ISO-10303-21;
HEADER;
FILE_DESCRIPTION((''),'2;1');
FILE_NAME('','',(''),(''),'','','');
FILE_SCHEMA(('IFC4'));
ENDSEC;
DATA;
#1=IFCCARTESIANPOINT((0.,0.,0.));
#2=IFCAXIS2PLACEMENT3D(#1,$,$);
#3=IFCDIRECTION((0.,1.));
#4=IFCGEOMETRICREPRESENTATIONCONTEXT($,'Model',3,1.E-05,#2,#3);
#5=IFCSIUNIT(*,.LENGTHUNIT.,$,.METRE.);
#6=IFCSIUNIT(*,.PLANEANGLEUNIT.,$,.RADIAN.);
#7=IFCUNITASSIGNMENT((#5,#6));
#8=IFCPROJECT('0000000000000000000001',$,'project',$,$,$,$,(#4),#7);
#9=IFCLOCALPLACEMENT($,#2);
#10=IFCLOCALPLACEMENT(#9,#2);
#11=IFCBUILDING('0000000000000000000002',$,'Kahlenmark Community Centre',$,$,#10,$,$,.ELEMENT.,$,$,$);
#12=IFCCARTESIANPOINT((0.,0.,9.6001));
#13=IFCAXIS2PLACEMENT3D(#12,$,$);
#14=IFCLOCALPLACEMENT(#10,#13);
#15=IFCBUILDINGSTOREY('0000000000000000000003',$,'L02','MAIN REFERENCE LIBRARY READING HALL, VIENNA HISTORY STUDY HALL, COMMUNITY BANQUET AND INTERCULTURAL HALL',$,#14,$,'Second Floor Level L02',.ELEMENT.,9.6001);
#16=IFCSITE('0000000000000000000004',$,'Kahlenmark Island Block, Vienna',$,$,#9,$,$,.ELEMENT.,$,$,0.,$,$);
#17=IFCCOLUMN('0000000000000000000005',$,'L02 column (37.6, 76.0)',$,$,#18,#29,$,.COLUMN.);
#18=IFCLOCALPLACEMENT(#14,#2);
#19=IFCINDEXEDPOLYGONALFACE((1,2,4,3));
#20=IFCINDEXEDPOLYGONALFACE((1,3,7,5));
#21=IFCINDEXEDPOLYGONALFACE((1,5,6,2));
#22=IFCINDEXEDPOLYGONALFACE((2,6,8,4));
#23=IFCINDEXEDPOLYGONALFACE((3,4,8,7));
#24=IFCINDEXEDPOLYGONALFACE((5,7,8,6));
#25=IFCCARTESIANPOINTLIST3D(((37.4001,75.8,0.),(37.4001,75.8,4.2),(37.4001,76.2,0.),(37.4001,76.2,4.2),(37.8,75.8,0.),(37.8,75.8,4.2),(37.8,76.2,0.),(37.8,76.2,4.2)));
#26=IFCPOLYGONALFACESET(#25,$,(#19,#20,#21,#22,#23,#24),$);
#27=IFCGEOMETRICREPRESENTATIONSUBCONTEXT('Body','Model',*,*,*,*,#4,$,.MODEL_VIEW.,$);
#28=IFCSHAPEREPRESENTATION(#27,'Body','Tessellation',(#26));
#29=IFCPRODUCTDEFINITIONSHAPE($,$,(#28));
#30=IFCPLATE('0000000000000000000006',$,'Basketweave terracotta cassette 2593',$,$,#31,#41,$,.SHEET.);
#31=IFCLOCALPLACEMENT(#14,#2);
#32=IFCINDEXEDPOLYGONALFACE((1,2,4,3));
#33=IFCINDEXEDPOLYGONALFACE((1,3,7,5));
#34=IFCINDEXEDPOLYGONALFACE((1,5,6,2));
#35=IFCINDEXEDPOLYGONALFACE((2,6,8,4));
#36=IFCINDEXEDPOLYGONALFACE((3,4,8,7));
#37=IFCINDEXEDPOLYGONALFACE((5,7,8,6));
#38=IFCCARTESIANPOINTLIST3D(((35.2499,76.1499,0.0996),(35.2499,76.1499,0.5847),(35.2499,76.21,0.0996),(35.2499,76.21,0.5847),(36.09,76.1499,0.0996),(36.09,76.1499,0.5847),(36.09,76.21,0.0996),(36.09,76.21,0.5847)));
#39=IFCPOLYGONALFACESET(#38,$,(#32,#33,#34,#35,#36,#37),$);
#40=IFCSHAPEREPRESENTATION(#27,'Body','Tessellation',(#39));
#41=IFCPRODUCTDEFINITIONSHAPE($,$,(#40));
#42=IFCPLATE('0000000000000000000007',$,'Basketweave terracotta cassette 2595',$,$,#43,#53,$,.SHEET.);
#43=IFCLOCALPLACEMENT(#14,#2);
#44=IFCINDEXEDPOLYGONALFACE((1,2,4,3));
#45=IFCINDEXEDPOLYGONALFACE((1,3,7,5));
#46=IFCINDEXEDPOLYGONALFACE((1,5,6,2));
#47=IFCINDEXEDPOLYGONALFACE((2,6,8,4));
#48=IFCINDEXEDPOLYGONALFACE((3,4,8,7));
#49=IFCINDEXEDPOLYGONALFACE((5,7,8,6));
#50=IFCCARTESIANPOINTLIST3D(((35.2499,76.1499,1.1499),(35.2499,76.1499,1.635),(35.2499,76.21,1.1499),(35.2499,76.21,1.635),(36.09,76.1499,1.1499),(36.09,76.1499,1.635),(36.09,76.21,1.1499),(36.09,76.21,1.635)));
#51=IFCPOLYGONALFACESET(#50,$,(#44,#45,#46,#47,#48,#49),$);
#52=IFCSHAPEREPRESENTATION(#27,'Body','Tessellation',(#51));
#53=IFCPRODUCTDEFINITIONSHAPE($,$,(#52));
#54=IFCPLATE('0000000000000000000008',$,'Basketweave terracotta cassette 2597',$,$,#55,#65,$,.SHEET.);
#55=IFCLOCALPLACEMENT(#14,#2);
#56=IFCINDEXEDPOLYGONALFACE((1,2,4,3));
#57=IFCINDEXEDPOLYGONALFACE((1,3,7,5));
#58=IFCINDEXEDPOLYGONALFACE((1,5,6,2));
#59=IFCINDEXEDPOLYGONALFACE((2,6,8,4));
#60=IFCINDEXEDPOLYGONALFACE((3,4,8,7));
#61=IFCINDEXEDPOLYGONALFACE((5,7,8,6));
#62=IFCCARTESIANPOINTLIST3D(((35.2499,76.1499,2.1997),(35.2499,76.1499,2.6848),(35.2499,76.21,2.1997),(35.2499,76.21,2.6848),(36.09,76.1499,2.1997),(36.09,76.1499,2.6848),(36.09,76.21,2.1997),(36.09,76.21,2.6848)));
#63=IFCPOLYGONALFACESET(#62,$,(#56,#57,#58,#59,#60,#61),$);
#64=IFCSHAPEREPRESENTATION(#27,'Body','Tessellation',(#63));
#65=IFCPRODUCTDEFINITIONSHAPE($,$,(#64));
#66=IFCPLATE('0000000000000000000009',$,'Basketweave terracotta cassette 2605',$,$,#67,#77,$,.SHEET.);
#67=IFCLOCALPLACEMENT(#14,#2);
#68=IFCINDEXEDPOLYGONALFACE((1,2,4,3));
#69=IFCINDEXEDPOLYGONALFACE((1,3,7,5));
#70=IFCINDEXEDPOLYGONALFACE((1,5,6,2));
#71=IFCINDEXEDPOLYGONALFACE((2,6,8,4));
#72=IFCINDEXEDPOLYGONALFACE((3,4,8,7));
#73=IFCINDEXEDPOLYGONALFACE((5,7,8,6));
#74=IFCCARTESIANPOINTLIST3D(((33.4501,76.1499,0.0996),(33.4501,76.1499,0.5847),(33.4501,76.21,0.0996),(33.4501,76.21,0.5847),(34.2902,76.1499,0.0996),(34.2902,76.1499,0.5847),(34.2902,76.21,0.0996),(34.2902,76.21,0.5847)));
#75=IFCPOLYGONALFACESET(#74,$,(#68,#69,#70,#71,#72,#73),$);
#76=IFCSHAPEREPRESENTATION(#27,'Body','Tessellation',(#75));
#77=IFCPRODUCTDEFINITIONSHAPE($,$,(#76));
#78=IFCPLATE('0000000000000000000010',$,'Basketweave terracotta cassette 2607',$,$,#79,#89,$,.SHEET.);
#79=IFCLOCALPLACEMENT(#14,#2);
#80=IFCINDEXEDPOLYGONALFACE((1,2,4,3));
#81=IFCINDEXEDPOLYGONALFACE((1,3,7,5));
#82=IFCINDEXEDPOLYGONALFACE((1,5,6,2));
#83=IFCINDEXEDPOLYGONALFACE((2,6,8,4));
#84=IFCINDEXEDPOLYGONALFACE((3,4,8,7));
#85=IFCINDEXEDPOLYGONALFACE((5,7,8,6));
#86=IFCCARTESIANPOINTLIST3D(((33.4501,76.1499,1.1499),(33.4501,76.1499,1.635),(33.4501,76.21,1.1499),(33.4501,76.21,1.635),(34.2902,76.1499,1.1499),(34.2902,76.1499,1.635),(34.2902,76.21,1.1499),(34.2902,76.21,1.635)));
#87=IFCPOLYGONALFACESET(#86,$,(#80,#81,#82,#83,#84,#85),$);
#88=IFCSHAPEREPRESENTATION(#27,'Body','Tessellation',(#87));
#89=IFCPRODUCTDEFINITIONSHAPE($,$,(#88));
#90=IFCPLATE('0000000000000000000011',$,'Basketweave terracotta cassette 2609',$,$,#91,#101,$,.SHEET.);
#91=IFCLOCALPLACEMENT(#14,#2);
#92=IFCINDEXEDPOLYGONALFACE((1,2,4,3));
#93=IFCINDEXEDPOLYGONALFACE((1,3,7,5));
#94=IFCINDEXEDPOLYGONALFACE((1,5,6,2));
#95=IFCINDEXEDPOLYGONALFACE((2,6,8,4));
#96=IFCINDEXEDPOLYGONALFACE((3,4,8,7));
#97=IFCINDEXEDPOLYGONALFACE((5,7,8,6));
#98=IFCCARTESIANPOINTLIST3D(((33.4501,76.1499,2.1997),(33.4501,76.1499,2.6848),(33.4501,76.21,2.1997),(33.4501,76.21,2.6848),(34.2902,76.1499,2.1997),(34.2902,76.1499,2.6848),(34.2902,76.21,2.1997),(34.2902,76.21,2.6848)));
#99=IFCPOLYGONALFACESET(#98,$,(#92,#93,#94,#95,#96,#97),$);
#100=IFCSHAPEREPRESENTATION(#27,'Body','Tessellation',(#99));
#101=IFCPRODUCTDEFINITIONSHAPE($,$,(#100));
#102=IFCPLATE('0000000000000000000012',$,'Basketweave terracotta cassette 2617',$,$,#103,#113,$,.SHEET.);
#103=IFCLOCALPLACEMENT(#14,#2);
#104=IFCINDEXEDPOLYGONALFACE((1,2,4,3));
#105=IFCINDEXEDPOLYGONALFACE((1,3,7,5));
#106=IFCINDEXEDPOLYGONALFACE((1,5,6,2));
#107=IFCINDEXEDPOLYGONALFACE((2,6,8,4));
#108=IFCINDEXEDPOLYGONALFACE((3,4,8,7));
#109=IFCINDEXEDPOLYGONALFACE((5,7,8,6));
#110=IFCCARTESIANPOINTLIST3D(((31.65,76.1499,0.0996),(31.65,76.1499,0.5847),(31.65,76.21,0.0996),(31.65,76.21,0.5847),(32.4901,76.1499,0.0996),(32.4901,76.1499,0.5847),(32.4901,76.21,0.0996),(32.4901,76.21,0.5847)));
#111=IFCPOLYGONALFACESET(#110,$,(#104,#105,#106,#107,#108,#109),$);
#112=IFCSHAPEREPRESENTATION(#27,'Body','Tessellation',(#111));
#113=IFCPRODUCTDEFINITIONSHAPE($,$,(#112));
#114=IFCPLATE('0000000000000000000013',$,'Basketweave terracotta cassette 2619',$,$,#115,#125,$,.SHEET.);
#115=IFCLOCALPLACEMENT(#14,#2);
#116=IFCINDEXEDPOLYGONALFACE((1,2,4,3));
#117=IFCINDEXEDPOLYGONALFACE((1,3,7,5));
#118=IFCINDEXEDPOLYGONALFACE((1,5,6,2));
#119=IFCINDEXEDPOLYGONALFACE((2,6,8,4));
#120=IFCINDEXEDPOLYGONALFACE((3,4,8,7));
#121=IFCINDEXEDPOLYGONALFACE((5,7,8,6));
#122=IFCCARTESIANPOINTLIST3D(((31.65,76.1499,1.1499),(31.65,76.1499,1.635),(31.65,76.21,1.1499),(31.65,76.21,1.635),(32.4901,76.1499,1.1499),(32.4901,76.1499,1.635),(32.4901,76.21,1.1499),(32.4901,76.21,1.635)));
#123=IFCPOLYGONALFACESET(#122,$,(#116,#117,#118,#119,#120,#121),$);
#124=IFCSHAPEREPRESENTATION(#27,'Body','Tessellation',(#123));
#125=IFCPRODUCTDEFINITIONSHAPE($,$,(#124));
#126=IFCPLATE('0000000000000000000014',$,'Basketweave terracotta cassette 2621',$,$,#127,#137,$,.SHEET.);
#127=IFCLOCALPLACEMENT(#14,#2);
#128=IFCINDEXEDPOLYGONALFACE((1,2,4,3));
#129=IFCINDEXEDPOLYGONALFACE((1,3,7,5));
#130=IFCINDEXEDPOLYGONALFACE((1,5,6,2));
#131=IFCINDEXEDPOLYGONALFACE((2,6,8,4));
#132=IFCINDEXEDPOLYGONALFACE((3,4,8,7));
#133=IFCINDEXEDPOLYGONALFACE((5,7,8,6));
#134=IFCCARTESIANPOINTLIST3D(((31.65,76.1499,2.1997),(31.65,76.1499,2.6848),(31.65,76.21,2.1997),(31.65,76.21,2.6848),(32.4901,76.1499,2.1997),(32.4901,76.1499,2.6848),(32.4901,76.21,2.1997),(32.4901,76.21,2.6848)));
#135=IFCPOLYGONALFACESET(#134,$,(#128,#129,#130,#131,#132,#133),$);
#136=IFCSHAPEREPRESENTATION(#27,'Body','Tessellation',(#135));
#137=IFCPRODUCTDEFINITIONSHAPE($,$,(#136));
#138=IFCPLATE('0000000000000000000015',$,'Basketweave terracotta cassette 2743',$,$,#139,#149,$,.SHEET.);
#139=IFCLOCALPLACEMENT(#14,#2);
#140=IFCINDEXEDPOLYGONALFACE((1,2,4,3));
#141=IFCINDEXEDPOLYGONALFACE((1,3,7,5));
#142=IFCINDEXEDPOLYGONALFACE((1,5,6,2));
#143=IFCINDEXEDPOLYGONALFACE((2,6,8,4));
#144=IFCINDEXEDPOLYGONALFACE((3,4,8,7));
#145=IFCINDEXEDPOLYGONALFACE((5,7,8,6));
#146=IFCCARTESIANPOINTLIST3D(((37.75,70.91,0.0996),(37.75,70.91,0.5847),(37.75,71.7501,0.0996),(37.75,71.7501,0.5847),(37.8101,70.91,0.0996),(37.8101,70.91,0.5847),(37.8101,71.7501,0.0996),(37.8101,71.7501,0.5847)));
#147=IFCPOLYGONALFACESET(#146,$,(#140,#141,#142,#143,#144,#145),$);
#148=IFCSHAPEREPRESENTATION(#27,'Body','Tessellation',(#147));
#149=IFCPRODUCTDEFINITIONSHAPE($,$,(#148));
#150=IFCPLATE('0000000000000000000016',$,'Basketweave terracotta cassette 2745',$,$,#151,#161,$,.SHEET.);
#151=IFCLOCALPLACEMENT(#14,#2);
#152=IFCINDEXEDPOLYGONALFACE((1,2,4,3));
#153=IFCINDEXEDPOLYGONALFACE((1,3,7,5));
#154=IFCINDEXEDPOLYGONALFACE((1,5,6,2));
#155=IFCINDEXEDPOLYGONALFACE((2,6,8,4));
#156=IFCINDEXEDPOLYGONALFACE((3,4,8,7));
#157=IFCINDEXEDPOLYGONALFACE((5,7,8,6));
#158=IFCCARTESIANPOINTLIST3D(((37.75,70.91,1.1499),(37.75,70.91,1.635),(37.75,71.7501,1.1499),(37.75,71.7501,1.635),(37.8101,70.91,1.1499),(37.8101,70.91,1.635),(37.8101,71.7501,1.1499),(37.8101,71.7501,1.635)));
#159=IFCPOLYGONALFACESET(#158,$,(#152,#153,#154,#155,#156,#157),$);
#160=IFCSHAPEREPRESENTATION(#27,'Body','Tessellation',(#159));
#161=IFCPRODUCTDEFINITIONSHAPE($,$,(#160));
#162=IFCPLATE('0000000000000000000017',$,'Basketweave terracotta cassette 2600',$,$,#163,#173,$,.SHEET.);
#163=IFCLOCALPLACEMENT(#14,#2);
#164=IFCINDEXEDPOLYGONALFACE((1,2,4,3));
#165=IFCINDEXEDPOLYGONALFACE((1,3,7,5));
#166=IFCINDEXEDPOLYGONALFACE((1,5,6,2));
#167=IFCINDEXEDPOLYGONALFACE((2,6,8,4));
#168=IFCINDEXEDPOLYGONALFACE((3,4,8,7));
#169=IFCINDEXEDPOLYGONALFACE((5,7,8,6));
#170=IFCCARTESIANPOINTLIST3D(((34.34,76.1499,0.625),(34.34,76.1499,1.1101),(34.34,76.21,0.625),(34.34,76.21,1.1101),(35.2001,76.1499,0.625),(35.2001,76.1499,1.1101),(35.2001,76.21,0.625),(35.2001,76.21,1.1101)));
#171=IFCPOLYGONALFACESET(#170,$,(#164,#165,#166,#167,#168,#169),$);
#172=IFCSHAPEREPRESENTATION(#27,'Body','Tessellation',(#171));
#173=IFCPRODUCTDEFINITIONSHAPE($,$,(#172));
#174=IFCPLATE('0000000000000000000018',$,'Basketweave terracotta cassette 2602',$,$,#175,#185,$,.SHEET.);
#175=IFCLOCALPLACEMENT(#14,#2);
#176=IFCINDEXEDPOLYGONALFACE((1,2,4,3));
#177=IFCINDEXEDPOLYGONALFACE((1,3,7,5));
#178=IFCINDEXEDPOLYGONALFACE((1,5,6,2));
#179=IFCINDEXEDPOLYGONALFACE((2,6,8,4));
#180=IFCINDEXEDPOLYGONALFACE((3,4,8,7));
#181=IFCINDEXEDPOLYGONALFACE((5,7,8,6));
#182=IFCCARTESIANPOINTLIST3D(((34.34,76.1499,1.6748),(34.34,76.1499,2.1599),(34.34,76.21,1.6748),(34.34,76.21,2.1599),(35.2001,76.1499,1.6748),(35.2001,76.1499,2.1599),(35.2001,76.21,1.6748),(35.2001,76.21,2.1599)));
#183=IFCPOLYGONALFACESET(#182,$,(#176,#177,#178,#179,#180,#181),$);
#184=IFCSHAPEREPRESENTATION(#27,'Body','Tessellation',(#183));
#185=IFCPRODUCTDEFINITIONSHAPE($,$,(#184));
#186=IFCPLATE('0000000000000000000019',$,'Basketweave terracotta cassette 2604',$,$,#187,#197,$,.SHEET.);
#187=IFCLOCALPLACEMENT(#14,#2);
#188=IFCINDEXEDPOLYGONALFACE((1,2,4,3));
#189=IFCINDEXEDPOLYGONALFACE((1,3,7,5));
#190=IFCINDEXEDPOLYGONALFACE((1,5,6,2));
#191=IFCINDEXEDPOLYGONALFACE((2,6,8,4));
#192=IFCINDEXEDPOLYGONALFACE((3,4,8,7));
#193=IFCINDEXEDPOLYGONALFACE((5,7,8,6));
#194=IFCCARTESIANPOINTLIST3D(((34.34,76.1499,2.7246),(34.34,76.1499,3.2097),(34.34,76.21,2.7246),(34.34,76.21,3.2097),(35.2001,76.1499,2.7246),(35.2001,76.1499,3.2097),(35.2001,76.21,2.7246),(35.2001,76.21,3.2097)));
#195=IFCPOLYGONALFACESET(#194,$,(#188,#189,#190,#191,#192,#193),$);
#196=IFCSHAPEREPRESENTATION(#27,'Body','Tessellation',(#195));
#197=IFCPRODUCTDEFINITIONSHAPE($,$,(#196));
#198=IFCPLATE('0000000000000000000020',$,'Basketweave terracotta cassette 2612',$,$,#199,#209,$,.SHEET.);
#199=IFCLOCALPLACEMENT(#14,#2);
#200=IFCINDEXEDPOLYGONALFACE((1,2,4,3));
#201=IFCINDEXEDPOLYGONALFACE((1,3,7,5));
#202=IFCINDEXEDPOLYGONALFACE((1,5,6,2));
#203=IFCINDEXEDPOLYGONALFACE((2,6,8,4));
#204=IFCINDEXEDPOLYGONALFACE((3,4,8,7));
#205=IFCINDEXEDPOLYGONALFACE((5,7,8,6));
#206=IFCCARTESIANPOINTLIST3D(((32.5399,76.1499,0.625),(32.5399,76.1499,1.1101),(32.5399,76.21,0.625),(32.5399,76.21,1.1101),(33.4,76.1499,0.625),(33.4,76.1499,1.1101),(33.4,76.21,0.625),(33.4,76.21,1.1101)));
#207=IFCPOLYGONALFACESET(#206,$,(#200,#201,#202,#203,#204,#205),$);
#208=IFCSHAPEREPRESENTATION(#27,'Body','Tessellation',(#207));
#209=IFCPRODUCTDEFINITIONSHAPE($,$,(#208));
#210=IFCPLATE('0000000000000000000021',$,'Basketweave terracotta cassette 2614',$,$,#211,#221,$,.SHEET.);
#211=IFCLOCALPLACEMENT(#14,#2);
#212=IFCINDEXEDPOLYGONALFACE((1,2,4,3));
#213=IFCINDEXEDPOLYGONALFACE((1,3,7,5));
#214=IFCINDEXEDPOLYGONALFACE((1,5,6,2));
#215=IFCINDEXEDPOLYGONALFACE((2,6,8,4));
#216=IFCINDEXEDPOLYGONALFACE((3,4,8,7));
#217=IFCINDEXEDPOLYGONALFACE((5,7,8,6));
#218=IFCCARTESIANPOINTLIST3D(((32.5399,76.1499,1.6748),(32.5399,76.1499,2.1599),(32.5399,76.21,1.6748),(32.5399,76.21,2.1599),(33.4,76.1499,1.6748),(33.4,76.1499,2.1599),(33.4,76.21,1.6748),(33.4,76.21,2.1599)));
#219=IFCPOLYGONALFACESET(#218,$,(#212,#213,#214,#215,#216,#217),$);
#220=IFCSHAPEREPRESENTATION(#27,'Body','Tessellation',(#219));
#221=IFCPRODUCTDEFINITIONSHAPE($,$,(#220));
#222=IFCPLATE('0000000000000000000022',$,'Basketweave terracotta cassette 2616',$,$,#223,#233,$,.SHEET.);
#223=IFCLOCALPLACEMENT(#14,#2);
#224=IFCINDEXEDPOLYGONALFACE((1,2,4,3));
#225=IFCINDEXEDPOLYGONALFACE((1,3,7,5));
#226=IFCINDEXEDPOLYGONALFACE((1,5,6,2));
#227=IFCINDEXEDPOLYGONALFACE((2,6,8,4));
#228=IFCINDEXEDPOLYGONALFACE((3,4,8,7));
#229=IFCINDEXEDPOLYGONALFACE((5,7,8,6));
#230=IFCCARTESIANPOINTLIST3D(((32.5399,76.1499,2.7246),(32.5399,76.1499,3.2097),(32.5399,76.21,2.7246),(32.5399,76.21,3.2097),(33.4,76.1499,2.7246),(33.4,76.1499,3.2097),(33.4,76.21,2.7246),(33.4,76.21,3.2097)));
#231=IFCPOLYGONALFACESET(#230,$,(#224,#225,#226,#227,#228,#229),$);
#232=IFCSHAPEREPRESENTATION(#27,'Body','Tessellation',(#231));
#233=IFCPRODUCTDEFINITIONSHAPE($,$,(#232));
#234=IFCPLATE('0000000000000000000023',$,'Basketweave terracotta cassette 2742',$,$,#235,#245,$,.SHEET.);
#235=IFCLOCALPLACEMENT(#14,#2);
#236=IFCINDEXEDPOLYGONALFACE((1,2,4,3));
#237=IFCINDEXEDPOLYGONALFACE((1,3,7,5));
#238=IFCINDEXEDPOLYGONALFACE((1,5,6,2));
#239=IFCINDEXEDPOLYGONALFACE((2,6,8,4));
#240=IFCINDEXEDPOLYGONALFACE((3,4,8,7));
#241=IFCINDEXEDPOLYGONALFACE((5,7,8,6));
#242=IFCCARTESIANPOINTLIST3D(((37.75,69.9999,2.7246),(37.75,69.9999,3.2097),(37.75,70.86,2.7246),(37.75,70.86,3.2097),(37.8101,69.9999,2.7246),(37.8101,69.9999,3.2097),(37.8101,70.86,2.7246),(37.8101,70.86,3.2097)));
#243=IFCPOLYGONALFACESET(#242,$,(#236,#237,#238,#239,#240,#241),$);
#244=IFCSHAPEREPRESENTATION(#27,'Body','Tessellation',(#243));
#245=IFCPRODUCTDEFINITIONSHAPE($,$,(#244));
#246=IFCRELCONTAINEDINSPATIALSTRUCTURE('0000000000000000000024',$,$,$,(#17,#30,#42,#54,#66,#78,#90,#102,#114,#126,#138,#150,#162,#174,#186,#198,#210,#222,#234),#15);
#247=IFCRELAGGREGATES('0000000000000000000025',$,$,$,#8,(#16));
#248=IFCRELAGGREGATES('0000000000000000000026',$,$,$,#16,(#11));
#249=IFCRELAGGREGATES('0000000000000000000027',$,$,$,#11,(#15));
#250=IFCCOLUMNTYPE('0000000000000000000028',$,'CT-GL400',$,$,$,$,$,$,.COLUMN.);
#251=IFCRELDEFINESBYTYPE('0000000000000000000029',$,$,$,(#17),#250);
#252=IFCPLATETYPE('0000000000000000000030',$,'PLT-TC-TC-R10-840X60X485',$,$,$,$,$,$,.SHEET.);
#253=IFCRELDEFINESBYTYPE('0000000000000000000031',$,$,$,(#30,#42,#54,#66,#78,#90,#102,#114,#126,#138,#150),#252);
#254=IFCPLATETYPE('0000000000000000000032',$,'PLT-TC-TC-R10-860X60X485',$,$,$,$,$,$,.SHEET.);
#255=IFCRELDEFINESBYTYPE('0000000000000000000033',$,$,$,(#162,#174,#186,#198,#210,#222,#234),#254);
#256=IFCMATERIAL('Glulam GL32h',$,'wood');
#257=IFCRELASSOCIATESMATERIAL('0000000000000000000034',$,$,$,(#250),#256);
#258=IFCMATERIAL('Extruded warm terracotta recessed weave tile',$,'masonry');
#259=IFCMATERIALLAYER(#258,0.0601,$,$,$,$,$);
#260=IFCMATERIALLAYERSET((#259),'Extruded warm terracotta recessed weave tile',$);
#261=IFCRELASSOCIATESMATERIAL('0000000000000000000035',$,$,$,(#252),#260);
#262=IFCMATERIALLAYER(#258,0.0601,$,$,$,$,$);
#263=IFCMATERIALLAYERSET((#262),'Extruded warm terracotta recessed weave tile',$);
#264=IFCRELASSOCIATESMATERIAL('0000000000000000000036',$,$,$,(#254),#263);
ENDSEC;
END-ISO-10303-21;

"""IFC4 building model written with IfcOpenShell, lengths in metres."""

from ifc_helpers import new_model, si_unit, direction, frame, origin, origin_2d, place, context, subcontext, project, spatial, rectangle, extrude, material, layer, layer_set, material_profile, profile_set, type_object, element, save


model = new_model("IFC4")

# Units and contexts
model_context = context("Model", 3, precision=1e-05, world=origin(), true_north=direction((0.0, 1.0)))
body_context = subcontext(model_context, "Body", "Model", "MODEL_VIEW")
ifc_project = project(units=[si_unit("LENGTHUNIT", "METRE"), si_unit("PLANEANGLEUNIT", "RADIAN")], contexts=[model_context])

# Site, building, storey
site_placement = place(None, origin())
site = spatial("IfcSite", under=ifc_project, at=site_placement, Name="Kahlenmark Island Block, Vienna", CompositionType="ELEMENT", RefElevation=0.0)
building_placement = place(site_placement, origin())
building = spatial("IfcBuilding", under=site, at=building_placement, Name="Kahlenmark Community Centre", CompositionType="ELEMENT")
storey_placement = place(building_placement, frame((0.0, 0.0, 9.6001)))
storey = spatial("IfcBuildingStorey", under=building, at=storey_placement, Name="L02", Description="MAIN REFERENCE LIBRARY READING HALL, VIENNA HISTORY STUDY HALL, COMMUNITY BANQUET AND INTERCULTURAL HALL", LongName="Second Floor Level L02", CompositionType="ELEMENT", Elevation=9.6001)

# Column
ifc_material_1 = material(Name="Glulam GL32h", Category="wood")
ifc_material_profile = material_profile(ifc_material_1, rectangle(XDim=0.3999, YDim=0.3999, at=origin_2d()), Name="GL32h 400x400")
ifc_profile_set = profile_set([ifc_material_profile], Name="Glulam GL32h")
column_type = type_object("IfcColumnType", Name="CT-GL400", PredefinedType="COLUMN", material=ifc_profile_set)
column_placement = place(storey_placement, frame((37.6001, 76.0, 0.0), z_axis=(0.0, 0.0, 1.0), x_axis=(1.0, 0.0, 0.0)))
element("IfcColumn", 1, at=column_placement, inside=storey, type_object=column_type, Name="L02 column (37.6, 76.0)", PredefinedType="COLUMN", context=body_context, shape_type="SweptSolid", body=[
    extrude(rectangle(XDim=0.3999, YDim=0.3999, at=origin_2d()), origin(), (0.0, 0.0, 1.0), 4.2),
])

# Plates
ifc_material_2 = material(Name="Extruded warm terracotta recessed weave tile", Category="masonry")
ifc_layer_1 = layer(ifc_material_2, 0.0601)
ifc_layer_set_1 = layer_set([ifc_layer_1], Name="Extruded warm terracotta recessed weave tile")
plate_type_1 = type_object("IfcPlateType", Name="PLT-TC-TC-R10-840X60X485", PredefinedType="SHEET", material=ifc_layer_set_1)
for number, where, z_axis, x_axis, name in (
    (2, (35.6699, 76.1799, 0.0996), (0.0, 0.0, 1.0), (-1.0, 0.0, 0.0), "Basketweave terracotta cassette 2593"),
    (3, (35.6699, 76.1799, 1.1499), (0.0, 0.0, 1.0), (-1.0, 0.0, 0.0), "Basketweave terracotta cassette 2595"),
    (4, (35.6699, 76.1799, 2.1997), (0.0, 0.0, 1.0), (-1.0, 0.0, 0.0), "Basketweave terracotta cassette 2597"),
    (5, (33.8701, 76.1799, 0.0996), (0.0, 0.0, 1.0), (-1.0, 0.0, 0.0), "Basketweave terracotta cassette 2605"),
    (6, (33.8701, 76.1799, 1.1499), (0.0, 0.0, 1.0), (-1.0, 0.0, 0.0), "Basketweave terracotta cassette 2607"),
    (7, (33.8701, 76.1799, 2.1997), (0.0, 0.0, 1.0), (-1.0, 0.0, 0.0), "Basketweave terracotta cassette 2609"),
    (8, (32.0701, 76.1799, 0.0996), (0.0, 0.0, 1.0), (-1.0, 0.0, 0.0), "Basketweave terracotta cassette 2617"),
    (9, (32.0701, 76.1799, 1.1499), (0.0, 0.0, 1.0), (-1.0, 0.0, 0.0), "Basketweave terracotta cassette 2619"),
    (10, (32.0701, 76.1799, 2.1997), (0.0, 0.0, 1.0), (-1.0, 0.0, 0.0), "Basketweave terracotta cassette 2621"),
    (11, (37.78, 71.3301, 0.0996), (0.0, 0.0, 1.0), (0.0, 1.0, 0.0), "Basketweave terracotta cassette 2743"),
    (12, (37.78, 71.3301, 1.1499), (0.0, 0.0, 1.0), (0.0, 1.0, 0.0), "Basketweave terracotta cassette 2745"),
):
    element("IfcPlate", number, at=place(storey_placement, frame(where, z_axis=z_axis, x_axis=x_axis)), inside=storey, type_object=plate_type_1, Name=name, PredefinedType="SHEET", context=body_context, shape_type="SweptSolid", body=[
        extrude(rectangle(XDim=0.8401, YDim=0.0601, at=origin_2d()), origin(), (0.0, 0.0, 1.0), 0.4851),
    ])
ifc_layer_2 = layer(ifc_material_2, 0.0601)
ifc_layer_set_2 = layer_set([ifc_layer_2], Name="Extruded warm terracotta recessed weave tile")
plate_type_2 = type_object("IfcPlateType", Name="PLT-TC-TC-R10-860X60X485", PredefinedType="SHEET", material=ifc_layer_set_2)
for number, where, z_axis, x_axis, name in (
    (13, (34.77, 76.1799, 0.625), (0.0, 0.0, 1.0), (-1.0, 0.0, 0.0), "Basketweave terracotta cassette 2600"),
    (14, (34.77, 76.1799, 1.6748), (0.0, 0.0, 1.0), (-1.0, 0.0, 0.0), "Basketweave terracotta cassette 2602"),
    (15, (34.77, 76.1799, 2.7246), (0.0, 0.0, 1.0), (-1.0, 0.0, 0.0), "Basketweave terracotta cassette 2604"),
    (16, (32.97, 76.1799, 0.625), (0.0, 0.0, 1.0), (-1.0, 0.0, 0.0), "Basketweave terracotta cassette 2612"),
    (17, (32.97, 76.1799, 1.6748), (0.0, 0.0, 1.0), (-1.0, 0.0, 0.0), "Basketweave terracotta cassette 2614"),
    (18, (32.97, 76.1799, 2.7246), (0.0, 0.0, 1.0), (-1.0, 0.0, 0.0), "Basketweave terracotta cassette 2616"),
    (19, (37.78, 70.4299, 2.7246), (0.0, 0.0, 1.0), (0.0, 1.0, 0.0), "Basketweave terracotta cassette 2742"),
):
    element("IfcPlate", number, at=place(storey_placement, frame(where, z_axis=z_axis, x_axis=x_axis)), inside=storey, type_object=plate_type_2, Name=name, PredefinedType="SHEET", context=body_context, shape_type="SweptSolid", body=[
        extrude(rectangle(XDim=0.8601, YDim=0.0601, at=origin_2d()), origin(), (0.0, 0.0, 1.0), 0.4851),
    ])

save(model, "model.ifc")
